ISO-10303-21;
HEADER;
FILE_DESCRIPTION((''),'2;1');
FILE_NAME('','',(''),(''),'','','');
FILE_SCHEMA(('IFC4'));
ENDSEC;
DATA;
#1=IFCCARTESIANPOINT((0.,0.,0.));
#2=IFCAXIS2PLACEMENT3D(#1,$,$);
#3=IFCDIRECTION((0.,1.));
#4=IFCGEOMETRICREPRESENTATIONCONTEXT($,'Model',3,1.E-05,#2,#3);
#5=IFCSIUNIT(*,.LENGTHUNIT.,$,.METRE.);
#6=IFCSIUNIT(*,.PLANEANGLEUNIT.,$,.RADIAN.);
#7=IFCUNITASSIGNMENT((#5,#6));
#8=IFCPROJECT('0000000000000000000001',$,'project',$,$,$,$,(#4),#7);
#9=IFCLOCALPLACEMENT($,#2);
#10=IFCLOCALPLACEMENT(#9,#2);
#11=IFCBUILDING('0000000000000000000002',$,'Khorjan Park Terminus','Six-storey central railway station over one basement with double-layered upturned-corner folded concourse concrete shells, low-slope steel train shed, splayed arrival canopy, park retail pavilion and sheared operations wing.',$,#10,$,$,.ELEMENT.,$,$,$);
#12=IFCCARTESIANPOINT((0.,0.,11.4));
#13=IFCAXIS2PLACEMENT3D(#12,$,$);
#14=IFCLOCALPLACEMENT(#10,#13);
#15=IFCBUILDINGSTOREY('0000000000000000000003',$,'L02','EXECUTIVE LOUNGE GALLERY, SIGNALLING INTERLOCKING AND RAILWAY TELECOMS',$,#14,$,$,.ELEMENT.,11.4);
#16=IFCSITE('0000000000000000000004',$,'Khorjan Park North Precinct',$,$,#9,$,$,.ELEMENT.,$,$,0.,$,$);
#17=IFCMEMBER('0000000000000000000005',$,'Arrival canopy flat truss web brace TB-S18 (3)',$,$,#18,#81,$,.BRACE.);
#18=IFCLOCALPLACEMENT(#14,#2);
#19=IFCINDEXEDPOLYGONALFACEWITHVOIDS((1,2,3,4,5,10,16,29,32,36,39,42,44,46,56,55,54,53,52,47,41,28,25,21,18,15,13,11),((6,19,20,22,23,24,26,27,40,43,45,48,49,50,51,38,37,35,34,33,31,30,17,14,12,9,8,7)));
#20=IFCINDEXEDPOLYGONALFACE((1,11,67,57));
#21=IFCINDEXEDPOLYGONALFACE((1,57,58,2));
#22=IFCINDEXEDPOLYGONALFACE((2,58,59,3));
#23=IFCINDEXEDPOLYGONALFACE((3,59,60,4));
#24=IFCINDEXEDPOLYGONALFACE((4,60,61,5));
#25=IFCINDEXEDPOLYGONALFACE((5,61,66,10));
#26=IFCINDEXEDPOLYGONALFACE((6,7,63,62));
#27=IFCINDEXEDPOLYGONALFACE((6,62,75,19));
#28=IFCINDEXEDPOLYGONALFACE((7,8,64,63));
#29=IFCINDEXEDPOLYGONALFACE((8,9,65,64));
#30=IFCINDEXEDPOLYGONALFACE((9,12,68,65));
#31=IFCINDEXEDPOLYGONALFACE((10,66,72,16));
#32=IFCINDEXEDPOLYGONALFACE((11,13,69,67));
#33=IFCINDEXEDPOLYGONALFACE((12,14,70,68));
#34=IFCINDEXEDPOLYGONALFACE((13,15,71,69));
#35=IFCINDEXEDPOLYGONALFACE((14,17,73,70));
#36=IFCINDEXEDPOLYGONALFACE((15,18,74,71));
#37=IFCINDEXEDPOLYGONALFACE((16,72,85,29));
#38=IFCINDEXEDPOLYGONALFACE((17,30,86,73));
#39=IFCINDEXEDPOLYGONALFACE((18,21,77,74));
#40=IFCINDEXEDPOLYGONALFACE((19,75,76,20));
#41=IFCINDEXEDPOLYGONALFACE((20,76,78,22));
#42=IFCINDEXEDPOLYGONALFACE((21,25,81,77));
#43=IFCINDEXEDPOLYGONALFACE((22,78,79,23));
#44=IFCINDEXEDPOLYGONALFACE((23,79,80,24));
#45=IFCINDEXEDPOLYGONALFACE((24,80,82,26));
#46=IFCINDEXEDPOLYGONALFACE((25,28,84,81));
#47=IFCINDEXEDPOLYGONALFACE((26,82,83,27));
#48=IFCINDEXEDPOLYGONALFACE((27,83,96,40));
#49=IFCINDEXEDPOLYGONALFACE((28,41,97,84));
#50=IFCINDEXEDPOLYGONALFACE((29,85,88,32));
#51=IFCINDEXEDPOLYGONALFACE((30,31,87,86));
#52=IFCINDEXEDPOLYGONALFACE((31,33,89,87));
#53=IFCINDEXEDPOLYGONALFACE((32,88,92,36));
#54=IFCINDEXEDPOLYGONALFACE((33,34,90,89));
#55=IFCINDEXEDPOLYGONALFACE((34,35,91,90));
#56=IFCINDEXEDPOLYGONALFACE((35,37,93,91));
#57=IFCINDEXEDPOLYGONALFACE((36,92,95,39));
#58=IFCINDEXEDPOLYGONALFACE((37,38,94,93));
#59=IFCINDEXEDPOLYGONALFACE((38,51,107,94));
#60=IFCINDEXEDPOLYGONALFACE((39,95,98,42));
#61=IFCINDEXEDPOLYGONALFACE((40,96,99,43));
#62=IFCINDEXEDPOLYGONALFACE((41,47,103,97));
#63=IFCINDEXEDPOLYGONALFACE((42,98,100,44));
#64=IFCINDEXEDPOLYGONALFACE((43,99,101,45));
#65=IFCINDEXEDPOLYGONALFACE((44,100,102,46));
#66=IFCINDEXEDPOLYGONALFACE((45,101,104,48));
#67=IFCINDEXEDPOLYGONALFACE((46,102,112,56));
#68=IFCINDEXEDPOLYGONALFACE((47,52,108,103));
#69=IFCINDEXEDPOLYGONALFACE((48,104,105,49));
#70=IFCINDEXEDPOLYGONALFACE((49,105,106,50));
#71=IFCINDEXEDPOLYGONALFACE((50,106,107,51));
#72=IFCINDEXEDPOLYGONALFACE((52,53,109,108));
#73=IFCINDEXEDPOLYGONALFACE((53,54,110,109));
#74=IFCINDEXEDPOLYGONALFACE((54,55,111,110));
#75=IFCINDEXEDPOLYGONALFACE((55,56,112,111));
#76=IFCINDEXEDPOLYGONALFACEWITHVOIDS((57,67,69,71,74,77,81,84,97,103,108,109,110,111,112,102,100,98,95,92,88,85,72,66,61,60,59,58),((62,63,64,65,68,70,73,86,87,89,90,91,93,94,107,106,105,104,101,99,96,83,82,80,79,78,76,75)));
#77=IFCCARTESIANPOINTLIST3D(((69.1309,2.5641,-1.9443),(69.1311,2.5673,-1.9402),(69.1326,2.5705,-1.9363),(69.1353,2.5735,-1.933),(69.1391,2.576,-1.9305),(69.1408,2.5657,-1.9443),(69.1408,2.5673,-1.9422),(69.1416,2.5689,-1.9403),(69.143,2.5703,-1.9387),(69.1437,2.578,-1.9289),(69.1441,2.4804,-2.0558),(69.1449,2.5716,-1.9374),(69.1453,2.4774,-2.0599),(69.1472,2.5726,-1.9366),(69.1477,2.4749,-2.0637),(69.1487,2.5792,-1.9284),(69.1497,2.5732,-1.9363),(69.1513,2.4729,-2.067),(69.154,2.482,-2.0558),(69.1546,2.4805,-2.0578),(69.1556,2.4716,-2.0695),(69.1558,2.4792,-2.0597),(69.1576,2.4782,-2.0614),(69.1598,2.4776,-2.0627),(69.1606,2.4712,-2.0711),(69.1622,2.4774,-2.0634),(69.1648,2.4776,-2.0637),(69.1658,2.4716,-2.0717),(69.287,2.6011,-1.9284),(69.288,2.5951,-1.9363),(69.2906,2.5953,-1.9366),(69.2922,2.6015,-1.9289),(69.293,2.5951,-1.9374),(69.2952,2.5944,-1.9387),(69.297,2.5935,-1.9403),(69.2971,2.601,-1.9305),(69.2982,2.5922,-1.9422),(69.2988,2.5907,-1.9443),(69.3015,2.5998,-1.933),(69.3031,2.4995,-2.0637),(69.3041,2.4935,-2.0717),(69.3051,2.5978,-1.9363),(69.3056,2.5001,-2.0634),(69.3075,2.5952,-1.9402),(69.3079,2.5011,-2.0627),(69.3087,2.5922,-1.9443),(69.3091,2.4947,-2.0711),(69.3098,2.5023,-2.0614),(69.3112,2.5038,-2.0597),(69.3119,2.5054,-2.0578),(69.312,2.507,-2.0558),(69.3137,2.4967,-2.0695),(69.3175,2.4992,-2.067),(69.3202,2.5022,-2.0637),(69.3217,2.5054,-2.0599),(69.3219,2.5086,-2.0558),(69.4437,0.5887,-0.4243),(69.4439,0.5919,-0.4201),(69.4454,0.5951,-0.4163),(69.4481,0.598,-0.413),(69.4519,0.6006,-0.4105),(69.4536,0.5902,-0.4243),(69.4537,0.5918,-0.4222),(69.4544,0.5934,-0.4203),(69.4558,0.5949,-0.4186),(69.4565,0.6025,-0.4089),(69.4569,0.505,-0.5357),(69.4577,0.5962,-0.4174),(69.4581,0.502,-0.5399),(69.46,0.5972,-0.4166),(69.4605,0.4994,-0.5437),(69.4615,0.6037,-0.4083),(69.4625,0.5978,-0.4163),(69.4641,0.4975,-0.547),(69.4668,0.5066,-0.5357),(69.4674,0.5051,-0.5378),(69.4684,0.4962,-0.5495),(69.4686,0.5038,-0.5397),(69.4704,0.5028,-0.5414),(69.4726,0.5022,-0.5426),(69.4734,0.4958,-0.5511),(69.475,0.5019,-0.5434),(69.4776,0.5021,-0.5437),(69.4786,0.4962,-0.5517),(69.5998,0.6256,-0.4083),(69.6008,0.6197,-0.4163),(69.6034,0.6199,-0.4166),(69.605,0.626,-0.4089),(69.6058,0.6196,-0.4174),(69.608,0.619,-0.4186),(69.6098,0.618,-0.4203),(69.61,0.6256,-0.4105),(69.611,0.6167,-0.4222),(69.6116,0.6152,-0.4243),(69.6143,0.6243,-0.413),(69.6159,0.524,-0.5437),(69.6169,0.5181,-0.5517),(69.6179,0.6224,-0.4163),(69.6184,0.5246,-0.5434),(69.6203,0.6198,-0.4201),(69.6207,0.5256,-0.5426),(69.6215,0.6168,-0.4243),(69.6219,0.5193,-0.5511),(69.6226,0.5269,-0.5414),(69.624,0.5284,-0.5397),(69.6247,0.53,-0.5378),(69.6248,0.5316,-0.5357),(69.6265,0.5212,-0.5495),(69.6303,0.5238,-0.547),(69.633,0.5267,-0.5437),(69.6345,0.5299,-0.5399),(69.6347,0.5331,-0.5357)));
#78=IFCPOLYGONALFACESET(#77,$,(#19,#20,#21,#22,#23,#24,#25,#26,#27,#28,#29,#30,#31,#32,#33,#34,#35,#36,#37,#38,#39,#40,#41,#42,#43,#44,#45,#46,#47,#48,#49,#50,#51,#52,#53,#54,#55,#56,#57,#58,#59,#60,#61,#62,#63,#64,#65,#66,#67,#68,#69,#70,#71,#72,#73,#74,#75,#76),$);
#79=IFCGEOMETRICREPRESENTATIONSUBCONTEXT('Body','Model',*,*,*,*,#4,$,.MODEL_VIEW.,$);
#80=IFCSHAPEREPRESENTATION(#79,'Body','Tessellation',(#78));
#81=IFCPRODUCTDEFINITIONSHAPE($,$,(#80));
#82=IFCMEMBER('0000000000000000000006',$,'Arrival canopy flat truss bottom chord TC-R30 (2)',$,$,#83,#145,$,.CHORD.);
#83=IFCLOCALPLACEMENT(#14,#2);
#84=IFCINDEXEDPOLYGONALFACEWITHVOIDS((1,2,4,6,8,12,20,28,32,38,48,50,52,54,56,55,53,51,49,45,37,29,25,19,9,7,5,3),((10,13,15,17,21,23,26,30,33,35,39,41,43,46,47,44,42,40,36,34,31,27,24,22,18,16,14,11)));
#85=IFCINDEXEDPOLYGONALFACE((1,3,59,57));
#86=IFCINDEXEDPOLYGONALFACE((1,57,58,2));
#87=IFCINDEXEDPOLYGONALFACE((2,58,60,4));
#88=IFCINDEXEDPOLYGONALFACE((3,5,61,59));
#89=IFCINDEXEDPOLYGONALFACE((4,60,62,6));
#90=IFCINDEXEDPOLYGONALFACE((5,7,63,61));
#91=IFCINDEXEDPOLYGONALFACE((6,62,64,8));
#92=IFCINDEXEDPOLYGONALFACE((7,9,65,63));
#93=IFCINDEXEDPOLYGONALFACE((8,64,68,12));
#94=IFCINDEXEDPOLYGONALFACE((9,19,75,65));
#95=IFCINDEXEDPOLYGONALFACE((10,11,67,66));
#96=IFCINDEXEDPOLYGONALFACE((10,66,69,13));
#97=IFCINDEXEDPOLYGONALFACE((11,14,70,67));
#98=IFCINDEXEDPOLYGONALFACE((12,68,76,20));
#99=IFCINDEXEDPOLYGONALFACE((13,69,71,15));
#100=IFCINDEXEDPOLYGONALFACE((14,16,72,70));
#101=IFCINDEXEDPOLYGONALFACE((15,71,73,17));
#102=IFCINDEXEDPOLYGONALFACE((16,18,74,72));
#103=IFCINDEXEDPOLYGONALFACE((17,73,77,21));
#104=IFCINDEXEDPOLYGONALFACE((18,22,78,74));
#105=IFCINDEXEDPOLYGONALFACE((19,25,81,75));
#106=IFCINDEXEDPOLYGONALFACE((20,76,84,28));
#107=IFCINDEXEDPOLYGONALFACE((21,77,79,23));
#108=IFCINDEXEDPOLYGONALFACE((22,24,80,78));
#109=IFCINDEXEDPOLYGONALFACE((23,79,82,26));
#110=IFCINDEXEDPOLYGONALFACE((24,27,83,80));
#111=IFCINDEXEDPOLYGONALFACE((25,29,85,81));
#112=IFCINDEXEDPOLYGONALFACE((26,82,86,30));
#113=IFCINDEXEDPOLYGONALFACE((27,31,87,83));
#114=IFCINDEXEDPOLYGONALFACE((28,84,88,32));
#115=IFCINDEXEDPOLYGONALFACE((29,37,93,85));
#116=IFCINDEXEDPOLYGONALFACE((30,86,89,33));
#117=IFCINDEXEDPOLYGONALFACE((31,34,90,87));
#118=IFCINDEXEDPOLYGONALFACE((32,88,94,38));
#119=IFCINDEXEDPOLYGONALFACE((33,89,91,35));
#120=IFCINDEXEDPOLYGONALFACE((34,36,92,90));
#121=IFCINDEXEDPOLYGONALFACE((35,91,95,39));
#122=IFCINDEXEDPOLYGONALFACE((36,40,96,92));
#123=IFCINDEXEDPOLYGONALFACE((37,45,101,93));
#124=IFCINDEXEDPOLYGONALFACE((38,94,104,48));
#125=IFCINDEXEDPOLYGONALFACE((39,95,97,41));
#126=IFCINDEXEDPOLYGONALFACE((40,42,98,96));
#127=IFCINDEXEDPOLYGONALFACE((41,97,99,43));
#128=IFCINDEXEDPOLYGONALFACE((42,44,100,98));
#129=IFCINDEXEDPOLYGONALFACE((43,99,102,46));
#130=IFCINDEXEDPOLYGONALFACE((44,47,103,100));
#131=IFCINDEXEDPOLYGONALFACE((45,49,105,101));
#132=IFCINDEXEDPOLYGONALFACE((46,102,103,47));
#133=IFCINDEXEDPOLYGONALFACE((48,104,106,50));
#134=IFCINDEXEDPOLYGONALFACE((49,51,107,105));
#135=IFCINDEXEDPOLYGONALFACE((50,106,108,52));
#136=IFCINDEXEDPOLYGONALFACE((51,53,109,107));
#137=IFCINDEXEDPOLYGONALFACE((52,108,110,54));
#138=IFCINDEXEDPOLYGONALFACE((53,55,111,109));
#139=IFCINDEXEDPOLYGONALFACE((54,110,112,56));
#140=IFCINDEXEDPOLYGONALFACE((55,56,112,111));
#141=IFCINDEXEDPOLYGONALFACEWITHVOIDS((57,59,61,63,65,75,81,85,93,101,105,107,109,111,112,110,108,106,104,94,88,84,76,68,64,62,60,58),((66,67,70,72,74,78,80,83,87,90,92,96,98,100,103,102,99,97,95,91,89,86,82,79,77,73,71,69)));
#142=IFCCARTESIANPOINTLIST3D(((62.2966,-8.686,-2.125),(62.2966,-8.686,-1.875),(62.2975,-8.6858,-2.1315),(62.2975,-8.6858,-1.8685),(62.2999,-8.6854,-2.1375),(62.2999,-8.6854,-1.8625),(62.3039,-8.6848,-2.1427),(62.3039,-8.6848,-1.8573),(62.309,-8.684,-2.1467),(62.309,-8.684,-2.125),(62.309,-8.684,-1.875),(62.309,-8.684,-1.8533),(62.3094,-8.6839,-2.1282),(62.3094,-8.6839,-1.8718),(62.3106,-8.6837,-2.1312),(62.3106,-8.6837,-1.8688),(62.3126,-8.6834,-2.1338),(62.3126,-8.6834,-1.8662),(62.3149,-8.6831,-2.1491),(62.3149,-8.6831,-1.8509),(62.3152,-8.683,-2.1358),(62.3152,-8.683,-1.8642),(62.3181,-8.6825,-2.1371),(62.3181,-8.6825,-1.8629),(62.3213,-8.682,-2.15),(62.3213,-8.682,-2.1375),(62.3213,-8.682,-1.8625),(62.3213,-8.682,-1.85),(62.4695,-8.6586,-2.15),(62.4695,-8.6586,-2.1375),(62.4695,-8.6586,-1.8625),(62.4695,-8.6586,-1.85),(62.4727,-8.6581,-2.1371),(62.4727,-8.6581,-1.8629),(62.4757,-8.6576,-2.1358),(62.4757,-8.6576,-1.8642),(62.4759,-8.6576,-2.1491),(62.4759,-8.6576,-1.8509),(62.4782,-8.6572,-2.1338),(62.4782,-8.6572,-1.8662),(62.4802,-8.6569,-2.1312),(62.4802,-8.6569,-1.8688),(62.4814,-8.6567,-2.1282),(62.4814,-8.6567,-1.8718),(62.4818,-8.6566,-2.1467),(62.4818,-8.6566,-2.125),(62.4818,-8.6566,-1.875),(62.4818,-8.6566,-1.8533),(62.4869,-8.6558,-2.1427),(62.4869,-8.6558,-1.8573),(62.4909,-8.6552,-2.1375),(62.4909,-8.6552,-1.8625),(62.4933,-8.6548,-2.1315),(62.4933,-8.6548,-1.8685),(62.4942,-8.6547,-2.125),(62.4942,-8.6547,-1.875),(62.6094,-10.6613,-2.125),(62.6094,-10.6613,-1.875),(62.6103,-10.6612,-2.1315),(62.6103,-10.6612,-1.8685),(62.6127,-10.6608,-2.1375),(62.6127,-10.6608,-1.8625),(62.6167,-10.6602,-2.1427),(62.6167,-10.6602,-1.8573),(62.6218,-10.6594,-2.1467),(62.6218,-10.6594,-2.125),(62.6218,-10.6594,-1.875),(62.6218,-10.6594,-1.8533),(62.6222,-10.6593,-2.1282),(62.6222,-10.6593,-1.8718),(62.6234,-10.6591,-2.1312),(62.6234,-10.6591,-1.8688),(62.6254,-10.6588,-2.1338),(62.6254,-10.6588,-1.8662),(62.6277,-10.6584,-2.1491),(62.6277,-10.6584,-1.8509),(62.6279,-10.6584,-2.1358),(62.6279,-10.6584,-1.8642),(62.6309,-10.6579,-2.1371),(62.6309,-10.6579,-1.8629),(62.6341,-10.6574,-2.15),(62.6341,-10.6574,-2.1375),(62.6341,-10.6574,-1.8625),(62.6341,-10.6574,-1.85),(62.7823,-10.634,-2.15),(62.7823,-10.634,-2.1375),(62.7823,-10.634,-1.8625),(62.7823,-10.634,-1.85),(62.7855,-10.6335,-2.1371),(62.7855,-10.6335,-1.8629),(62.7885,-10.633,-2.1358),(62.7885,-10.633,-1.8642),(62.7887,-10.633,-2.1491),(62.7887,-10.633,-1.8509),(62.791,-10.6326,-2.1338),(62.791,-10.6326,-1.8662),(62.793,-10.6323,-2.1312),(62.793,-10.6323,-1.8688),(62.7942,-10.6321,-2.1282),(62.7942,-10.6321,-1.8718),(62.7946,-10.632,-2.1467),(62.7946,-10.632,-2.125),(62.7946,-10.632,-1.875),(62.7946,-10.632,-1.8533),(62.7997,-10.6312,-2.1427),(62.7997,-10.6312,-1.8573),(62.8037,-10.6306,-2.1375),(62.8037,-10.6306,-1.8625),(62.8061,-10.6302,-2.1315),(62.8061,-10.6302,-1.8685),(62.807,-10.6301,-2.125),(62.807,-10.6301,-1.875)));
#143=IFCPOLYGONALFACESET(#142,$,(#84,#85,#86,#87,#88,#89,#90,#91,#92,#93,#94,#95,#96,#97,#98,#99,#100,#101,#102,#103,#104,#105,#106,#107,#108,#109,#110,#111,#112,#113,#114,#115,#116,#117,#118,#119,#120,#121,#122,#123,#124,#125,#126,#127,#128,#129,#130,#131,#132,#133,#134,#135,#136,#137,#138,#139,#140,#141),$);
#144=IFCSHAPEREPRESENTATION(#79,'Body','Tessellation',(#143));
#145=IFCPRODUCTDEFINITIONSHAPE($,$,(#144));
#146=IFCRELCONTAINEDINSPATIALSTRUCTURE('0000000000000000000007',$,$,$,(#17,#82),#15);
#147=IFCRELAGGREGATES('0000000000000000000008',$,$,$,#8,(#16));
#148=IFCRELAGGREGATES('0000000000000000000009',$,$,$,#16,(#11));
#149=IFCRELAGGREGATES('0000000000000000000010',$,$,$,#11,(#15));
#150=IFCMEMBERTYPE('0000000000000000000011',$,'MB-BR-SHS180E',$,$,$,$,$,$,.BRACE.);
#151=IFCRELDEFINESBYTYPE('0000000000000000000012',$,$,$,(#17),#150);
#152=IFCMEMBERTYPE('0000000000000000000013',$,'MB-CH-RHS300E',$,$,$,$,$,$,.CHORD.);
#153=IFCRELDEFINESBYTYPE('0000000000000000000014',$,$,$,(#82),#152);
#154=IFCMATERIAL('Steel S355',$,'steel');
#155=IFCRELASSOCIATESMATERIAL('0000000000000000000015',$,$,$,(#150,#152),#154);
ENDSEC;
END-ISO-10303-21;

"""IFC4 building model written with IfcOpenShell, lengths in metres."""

from ifc_helpers import new_model, si_unit, direction, frame, origin, origin_2d, place, context, subcontext, project, spatial, hollow_rectangle, extrude, material, material_profile, profile_set, type_object, element, save


model = new_model("IFC4")

# Units and contexts
model_context = context("Model", 3, precision=1e-05, world=origin(), true_north=direction((0.0, 1.0)))
body_context = subcontext(model_context, "Body", "Model", "MODEL_VIEW")
ifc_project = project(units=[si_unit("LENGTHUNIT", "METRE"), si_unit("PLANEANGLEUNIT", "RADIAN")], contexts=[model_context])

# Site, building, storey
site_placement = place(None, origin())
site = spatial("IfcSite", under=ifc_project, at=site_placement, Name="Khorjan Park North Precinct", CompositionType="ELEMENT", RefElevation=0.0)
building_placement = place(site_placement, origin())
building = spatial("IfcBuilding", under=site, at=building_placement, Name="Khorjan Park Terminus", Description="Six-storey central railway station over one basement with double-layered upturned-corner folded concourse concrete shells, low-slope steel train shed, splayed arrival canopy, park retail pavilion and sheared operations wing.", CompositionType="ELEMENT")
storey_placement = place(building_placement, frame((0.0, 0.0, 11.4)))
storey = spatial("IfcBuildingStorey", under=building, at=storey_placement, Name="L02", Description="EXECUTIVE LOUNGE GALLERY, SIGNALLING INTERLOCKING AND RAILWAY TELECOMS", CompositionType="ELEMENT", Elevation=11.4)

# Members
ifc_material = material(Name="Steel S355", Category="steel")
ifc_material_profile_1 = material_profile(ifc_material, hollow_rectangle(XDim=0.18, YDim=0.18, WallThickness=0.01, InnerFilletRadius=0.01, OuterFilletRadius=0.02, at=origin_2d()), Name="SHS 180x180x10")
ifc_profile_set_1 = profile_set([ifc_material_profile_1], Name="Steel S355")
member_type_1 = type_object("IfcMemberType", Name="MB-BR-SHS180E", PredefinedType="BRACE", material=ifc_profile_set_1)
for number, where, z_axis, x_axis, name in (
    (1, (69.5392, 0.5609, -0.48), (-0.124519, 0.786366, -0.605081), (-0.987694, -0.156399, 0.0), "Arrival canopy flat truss web brace TB-S18 (3)"),
):
    element("IfcMember", number, at=place(storey_placement, frame(where, z_axis=z_axis, x_axis=x_axis)), inside=storey, type_object=member_type_1, Name=name, PredefinedType="BRACE", context=body_context, shape_type="SweptSolid", body=[
        extrude(hollow_rectangle(XDim=0.18, YDim=0.18, WallThickness=0.01, InnerFilletRadius=0.01, OuterFilletRadius=0.02, at=origin_2d()), origin(), (0.0, 0.0, 1.0), 2.5121),
    ])
ifc_material_profile_2 = material_profile(ifc_material, hollow_rectangle(XDim=0.2, YDim=0.3, WallThickness=0.0125, InnerFilletRadius=0.0125, OuterFilletRadius=0.025, at=origin_2d()), Name="RHS 300x200x12.5")
ifc_profile_set_2 = profile_set([ifc_material_profile_2], Name="Steel S355")
member_type_2 = type_object("IfcMemberType", Name="MB-CH-RHS300E", PredefinedType="CHORD", material=ifc_profile_set_2)
for number, where, z_axis, x_axis, name in (
    (2, (62.7082, -10.6457, -2.0), (-0.156399, 0.987694, 0.0), (-0.987694, -0.156399, 0.0), "Arrival canopy flat truss bottom chord TC-R30 (2)"),
):
    element("IfcMember", number, at=place(storey_placement, frame(where, z_axis=z_axis, x_axis=x_axis)), inside=storey, type_object=member_type_2, Name=name, PredefinedType="CHORD", context=body_context, shape_type="SweptSolid", body=[
        extrude(hollow_rectangle(XDim=0.2, YDim=0.3, WallThickness=0.0125, InnerFilletRadius=0.0125, OuterFilletRadius=0.025, at=origin_2d()), origin(), (0.0, 0.0, 1.0), 2.0),
    ])

save(model, "model.ifc")
